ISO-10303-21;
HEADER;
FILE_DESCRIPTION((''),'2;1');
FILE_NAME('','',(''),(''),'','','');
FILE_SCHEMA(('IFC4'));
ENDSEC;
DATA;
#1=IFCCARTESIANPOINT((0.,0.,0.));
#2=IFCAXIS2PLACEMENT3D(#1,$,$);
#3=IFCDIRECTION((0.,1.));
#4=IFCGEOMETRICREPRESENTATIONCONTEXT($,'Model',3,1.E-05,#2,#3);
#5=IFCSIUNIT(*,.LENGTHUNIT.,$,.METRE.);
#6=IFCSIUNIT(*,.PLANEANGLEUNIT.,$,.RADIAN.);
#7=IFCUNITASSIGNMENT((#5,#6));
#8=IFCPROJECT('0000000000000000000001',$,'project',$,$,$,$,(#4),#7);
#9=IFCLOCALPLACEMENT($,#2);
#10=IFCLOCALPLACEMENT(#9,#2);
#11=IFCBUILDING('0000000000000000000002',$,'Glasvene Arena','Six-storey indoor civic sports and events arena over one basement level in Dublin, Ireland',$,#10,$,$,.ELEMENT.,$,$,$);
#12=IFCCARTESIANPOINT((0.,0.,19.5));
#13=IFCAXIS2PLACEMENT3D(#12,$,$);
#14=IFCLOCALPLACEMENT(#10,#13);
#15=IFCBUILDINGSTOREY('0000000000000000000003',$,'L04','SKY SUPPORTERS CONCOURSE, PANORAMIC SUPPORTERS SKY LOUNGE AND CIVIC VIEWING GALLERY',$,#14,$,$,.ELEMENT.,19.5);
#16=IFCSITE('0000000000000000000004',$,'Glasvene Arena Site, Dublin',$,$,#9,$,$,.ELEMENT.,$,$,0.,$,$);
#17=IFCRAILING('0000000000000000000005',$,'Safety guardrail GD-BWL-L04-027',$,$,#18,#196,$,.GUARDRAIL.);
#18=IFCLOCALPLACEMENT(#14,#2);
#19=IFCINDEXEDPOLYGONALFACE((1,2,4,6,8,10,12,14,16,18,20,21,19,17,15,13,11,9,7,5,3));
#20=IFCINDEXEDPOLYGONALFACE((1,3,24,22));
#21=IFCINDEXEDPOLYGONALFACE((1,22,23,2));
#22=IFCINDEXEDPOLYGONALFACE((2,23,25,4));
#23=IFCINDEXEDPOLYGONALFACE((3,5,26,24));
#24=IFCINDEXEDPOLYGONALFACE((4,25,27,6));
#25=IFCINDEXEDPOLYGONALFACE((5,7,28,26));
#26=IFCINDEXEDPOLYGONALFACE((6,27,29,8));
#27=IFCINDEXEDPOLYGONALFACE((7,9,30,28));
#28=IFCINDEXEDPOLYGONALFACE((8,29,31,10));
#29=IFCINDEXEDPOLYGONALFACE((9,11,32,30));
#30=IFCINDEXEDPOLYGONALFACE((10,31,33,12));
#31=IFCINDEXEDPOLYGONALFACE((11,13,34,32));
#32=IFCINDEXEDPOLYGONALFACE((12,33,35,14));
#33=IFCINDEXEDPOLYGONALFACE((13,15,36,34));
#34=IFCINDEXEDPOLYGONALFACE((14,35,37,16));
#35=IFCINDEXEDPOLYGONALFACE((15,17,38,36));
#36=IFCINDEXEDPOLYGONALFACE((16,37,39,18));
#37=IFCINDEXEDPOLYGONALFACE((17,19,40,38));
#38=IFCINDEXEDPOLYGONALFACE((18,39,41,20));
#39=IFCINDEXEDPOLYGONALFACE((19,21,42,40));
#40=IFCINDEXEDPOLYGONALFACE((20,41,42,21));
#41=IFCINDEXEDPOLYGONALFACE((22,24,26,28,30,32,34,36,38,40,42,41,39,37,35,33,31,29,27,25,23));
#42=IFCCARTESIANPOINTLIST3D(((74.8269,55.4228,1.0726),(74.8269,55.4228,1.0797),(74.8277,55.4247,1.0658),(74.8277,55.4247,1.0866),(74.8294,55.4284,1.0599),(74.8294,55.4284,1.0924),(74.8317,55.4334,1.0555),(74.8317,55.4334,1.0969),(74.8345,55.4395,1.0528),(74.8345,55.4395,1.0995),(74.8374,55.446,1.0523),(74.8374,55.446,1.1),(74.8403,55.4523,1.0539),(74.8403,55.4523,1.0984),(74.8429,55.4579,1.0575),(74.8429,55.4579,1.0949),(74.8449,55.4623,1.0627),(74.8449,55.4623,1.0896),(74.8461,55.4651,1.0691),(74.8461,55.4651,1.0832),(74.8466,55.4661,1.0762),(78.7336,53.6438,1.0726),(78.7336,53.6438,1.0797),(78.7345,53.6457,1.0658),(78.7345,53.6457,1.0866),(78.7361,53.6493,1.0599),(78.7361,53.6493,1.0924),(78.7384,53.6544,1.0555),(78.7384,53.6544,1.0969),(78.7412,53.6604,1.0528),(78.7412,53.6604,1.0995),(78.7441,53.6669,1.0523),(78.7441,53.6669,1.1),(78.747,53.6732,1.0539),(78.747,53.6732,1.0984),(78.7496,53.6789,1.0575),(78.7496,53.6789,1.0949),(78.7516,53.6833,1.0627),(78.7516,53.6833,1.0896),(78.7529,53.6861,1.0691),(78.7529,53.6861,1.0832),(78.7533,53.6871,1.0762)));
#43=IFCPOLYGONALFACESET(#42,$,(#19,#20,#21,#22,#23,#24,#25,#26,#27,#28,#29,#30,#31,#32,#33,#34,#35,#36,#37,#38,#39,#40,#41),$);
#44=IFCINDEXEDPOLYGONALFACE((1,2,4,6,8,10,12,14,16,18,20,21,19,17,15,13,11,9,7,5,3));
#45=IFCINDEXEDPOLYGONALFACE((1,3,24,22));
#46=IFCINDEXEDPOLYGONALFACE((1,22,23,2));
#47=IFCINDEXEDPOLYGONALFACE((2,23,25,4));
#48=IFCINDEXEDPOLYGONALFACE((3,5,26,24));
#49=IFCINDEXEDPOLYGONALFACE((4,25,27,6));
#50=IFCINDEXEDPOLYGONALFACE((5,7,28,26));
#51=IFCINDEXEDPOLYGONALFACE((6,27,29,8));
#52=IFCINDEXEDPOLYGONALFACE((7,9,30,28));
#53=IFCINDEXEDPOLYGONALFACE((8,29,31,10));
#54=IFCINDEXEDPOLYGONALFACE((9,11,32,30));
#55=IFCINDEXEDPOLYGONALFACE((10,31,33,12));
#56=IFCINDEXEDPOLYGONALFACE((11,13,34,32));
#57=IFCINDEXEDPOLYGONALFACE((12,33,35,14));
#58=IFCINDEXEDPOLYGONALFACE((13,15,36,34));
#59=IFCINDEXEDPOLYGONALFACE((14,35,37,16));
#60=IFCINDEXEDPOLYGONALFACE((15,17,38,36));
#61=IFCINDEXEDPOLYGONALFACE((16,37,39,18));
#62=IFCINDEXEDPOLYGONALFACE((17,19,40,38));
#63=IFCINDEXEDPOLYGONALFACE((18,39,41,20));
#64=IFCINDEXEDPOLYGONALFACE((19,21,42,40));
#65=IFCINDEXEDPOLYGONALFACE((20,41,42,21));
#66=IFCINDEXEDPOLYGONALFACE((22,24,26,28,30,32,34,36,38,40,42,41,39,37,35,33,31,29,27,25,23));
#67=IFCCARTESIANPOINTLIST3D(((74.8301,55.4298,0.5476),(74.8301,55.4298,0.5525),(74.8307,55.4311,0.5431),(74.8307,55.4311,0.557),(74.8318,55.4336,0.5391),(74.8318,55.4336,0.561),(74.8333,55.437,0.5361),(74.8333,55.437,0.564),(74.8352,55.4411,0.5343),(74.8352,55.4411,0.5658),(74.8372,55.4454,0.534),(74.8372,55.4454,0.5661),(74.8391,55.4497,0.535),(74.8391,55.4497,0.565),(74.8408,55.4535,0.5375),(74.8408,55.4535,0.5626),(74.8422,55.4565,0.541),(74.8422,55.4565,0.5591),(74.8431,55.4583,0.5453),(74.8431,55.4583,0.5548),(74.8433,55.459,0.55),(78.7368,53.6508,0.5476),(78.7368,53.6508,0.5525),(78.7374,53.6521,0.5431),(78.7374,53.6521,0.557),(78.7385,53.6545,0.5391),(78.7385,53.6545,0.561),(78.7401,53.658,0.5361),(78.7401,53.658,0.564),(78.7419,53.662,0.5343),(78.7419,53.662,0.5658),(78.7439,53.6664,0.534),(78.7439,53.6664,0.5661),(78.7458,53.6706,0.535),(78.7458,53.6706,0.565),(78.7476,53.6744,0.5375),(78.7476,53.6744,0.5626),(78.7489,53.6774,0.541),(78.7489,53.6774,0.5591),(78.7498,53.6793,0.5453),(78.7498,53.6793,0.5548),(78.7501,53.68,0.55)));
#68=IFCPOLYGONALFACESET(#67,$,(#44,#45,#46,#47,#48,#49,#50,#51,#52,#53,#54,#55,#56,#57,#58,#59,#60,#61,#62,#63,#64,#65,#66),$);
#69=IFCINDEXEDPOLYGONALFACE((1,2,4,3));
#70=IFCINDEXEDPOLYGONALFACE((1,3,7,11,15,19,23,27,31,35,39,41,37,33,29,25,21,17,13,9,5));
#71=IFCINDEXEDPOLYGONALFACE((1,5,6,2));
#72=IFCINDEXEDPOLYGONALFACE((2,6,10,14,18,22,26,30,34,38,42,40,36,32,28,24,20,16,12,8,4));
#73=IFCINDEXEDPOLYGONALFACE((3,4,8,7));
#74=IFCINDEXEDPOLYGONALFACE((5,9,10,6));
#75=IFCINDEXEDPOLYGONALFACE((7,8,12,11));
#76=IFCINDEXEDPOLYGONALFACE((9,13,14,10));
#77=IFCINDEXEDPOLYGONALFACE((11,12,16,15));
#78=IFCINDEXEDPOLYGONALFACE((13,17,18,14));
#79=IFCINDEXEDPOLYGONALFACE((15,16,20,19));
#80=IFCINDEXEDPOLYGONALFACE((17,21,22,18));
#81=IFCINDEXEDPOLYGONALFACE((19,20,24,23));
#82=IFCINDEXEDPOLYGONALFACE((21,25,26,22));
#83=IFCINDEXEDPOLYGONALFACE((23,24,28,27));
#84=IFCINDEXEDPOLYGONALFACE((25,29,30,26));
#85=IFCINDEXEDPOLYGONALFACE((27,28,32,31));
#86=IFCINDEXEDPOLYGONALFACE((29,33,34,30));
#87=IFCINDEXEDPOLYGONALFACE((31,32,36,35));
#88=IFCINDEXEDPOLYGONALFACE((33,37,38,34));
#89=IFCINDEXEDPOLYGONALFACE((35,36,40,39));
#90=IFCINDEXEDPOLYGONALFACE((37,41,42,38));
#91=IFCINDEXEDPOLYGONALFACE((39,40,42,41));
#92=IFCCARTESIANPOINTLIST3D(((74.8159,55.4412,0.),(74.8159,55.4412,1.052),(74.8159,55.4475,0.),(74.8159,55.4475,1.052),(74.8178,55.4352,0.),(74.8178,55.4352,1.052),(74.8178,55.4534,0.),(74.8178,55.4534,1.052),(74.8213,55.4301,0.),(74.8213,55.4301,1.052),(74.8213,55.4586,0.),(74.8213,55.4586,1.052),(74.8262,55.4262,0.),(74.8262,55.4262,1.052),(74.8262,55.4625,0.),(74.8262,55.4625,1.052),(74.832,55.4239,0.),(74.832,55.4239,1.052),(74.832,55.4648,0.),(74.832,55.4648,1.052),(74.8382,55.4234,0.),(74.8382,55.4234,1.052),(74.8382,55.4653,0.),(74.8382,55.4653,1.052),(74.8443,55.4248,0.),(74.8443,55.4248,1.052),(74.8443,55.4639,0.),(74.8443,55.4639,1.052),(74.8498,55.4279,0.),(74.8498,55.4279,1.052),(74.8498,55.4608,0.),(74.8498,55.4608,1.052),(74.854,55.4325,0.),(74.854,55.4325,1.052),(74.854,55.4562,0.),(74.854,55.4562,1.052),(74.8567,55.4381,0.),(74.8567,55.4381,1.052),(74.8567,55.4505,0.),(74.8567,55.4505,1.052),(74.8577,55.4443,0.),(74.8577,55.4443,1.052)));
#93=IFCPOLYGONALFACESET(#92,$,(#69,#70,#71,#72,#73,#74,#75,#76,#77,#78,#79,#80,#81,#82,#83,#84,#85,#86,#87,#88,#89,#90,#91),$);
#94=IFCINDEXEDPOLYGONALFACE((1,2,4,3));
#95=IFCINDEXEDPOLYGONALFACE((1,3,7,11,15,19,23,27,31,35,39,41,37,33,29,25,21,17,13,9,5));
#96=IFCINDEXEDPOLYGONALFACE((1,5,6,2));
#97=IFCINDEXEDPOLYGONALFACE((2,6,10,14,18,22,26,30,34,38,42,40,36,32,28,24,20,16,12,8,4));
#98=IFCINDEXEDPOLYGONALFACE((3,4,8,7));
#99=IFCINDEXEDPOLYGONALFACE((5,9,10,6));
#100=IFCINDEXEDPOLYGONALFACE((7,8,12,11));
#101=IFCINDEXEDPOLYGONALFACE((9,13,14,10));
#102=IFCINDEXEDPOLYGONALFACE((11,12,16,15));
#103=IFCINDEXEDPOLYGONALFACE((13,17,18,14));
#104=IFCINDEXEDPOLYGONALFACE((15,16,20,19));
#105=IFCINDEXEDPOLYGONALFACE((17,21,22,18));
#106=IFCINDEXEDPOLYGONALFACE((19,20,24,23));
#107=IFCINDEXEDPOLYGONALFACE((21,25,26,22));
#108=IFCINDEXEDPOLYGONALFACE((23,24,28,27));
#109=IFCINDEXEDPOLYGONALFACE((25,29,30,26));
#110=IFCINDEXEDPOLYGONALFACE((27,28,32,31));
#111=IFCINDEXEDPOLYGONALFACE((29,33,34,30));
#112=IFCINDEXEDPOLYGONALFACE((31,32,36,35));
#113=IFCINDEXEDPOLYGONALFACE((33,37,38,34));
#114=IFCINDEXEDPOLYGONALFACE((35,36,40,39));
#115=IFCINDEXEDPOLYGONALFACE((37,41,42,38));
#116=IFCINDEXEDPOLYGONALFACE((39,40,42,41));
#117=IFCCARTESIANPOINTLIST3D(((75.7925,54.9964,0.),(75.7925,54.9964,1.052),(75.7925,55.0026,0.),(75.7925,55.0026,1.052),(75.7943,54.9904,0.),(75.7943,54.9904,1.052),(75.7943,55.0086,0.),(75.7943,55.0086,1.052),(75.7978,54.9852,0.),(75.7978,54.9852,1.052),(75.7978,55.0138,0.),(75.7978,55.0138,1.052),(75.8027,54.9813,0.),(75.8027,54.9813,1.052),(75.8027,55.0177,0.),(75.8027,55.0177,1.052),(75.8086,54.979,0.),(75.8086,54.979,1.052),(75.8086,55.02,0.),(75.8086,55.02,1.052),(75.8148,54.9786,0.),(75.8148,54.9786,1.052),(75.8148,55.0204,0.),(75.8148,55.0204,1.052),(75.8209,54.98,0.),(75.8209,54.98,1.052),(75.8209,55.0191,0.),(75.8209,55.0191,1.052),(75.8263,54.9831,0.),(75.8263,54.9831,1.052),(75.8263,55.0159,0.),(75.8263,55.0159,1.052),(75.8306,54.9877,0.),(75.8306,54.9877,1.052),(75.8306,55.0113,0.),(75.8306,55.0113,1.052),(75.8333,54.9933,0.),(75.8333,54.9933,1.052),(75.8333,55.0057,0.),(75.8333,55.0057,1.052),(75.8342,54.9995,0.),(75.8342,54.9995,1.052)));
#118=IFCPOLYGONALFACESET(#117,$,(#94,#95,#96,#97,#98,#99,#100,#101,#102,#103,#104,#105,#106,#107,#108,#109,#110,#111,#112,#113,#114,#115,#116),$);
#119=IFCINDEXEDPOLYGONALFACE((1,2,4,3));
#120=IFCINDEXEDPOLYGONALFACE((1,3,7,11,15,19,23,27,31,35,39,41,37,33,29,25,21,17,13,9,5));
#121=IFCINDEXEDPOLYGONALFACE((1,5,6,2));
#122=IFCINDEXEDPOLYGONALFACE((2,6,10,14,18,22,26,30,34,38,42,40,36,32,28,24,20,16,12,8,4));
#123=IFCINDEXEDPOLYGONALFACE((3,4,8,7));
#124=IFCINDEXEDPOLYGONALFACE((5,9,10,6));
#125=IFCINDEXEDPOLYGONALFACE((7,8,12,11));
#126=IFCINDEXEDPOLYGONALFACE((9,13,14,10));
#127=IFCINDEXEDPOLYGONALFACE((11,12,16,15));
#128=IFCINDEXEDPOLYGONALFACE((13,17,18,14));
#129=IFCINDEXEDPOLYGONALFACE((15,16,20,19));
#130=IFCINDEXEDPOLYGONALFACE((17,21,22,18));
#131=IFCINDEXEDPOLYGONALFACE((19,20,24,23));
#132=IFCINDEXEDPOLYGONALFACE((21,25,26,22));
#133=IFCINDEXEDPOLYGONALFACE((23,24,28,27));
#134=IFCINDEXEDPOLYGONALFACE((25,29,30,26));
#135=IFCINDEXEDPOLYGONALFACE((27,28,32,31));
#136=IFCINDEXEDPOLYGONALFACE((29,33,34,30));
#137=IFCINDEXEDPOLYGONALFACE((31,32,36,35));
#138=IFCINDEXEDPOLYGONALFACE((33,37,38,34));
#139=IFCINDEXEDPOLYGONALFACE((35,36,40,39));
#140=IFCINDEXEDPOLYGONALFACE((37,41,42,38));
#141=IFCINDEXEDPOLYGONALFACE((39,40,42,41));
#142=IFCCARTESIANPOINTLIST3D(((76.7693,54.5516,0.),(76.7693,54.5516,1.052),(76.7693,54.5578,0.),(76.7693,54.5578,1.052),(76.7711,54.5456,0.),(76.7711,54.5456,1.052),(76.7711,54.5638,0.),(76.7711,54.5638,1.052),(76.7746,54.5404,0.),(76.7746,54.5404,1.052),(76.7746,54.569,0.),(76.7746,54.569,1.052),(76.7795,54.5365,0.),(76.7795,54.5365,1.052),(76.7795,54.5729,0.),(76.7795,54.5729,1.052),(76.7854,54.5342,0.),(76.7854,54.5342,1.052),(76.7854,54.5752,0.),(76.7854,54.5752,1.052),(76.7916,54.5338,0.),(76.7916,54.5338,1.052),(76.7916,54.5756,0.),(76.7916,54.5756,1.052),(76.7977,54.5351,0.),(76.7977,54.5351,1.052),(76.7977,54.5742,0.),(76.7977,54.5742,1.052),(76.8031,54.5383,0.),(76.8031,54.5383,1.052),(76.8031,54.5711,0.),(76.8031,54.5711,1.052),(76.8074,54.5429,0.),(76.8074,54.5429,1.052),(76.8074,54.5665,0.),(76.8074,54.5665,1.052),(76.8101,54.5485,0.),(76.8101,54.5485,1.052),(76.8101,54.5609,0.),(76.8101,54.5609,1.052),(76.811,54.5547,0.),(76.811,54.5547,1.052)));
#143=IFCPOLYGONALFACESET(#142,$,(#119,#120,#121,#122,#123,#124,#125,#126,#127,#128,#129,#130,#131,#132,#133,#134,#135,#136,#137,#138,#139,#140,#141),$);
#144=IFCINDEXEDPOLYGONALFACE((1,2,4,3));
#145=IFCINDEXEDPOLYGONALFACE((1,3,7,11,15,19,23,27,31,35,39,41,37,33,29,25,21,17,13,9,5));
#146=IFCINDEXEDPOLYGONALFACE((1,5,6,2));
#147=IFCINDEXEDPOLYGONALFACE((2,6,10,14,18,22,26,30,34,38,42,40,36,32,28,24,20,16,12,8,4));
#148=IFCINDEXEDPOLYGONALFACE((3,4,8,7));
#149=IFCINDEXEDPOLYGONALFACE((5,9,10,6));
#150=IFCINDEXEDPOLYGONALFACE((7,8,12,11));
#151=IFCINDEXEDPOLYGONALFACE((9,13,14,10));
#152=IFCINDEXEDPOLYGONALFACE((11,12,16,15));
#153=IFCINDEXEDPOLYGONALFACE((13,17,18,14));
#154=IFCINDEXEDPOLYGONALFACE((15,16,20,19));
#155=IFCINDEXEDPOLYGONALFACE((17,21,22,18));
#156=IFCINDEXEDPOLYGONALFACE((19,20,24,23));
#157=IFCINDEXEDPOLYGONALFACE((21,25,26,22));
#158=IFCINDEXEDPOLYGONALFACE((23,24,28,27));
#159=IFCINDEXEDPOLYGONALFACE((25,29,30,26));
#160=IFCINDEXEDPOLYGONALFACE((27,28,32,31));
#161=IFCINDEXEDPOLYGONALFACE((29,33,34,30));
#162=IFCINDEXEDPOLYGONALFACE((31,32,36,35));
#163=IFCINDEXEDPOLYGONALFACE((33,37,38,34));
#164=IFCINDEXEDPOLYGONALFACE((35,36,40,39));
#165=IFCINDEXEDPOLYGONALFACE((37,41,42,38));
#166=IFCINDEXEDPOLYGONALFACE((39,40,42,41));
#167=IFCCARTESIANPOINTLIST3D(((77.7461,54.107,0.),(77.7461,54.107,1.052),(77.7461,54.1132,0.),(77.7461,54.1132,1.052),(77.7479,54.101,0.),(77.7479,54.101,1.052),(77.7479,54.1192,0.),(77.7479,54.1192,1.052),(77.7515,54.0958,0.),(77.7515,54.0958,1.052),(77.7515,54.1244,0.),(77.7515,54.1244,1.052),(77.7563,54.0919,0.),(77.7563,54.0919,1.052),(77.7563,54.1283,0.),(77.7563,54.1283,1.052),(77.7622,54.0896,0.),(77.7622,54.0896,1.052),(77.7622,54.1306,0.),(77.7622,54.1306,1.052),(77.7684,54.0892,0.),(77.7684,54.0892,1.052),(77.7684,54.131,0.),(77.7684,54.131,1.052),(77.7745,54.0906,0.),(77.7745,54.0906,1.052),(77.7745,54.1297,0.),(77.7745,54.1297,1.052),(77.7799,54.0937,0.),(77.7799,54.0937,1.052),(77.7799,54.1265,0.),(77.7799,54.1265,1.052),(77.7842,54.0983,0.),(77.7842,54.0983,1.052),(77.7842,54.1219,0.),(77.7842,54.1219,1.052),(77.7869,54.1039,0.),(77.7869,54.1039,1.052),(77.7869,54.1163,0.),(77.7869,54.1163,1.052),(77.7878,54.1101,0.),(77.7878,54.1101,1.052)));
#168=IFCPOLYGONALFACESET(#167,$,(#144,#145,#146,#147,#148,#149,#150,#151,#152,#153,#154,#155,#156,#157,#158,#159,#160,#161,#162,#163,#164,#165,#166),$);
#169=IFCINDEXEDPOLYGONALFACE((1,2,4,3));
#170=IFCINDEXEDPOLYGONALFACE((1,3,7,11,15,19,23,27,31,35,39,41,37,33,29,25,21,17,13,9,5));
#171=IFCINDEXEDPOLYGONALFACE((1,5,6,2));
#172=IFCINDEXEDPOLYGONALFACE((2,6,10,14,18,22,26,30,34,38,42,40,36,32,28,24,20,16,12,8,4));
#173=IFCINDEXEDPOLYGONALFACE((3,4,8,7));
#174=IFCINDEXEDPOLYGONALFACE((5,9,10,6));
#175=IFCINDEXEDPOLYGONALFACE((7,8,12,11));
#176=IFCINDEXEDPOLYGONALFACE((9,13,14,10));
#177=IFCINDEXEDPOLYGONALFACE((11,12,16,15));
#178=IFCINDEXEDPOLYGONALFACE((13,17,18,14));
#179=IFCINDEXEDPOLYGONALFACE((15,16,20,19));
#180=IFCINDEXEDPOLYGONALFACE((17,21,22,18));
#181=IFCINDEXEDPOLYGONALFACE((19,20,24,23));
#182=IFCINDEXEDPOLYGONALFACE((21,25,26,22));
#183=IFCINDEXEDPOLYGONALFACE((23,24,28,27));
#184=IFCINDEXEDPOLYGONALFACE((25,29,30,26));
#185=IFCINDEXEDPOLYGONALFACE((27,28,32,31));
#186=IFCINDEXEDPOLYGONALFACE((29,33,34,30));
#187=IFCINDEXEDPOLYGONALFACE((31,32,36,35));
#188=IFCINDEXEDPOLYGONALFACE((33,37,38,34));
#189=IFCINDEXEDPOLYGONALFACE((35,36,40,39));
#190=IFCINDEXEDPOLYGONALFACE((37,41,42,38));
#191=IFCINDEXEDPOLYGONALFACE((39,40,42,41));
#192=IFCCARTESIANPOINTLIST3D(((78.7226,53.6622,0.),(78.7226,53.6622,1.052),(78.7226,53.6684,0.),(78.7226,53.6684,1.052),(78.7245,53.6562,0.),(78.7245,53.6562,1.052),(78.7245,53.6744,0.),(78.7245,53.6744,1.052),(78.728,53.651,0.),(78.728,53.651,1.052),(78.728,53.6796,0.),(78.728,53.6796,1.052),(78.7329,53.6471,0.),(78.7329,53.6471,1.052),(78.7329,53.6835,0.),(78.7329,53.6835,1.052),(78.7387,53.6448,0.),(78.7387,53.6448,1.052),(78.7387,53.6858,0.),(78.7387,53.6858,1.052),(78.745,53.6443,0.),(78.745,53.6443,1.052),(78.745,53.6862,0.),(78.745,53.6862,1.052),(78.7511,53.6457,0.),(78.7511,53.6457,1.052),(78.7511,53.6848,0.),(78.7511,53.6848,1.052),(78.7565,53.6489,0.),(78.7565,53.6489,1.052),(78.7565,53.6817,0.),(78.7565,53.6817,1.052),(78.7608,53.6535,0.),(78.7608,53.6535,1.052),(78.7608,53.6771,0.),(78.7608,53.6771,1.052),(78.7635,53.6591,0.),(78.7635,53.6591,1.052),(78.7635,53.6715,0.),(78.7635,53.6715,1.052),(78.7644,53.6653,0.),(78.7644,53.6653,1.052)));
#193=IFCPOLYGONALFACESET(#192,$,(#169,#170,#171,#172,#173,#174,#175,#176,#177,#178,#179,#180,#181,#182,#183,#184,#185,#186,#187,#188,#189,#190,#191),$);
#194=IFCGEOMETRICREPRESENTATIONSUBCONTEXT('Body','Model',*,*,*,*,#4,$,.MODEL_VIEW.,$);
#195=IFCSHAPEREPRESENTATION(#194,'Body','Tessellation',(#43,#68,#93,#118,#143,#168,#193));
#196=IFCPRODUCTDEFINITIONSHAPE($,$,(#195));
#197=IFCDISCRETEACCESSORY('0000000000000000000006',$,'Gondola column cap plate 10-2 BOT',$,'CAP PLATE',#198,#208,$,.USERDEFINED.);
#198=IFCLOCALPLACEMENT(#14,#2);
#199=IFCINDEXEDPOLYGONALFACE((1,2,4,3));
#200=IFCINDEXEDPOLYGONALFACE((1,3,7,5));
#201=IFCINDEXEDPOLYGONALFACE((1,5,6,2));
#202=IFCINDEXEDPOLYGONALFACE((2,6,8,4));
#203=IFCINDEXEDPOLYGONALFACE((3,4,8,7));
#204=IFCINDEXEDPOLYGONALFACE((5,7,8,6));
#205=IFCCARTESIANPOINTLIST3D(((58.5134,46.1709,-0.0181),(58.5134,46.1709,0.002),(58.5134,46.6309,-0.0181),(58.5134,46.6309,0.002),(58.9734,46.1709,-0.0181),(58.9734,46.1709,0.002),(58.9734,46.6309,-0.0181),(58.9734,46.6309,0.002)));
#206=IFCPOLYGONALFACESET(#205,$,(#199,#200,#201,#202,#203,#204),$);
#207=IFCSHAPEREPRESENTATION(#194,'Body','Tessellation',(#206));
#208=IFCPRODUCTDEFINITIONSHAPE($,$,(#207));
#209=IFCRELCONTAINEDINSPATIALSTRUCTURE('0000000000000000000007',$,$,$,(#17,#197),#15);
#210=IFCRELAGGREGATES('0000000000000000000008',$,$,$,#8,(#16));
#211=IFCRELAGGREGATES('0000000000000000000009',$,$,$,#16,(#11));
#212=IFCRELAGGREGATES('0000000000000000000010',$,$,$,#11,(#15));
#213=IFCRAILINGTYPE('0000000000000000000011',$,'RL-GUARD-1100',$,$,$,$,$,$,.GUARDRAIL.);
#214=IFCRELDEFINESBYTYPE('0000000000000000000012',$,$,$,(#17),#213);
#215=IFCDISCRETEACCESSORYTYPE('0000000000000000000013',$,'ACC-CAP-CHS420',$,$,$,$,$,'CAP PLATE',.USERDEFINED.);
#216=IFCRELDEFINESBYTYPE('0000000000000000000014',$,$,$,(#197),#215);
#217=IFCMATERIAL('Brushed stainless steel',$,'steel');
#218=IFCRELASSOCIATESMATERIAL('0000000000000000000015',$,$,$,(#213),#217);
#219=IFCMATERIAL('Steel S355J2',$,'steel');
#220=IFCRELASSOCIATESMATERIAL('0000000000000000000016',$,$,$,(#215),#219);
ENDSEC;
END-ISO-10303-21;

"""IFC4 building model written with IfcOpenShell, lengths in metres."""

from ifc_helpers import new_model, si_unit, direction, frame, origin, origin_2d, place, context, subcontext, project, spatial, rectangle, circle, extrude, material, type_object, element, save


model = new_model("IFC4")

# Units and contexts
model_context = context("Model", 3, precision=1e-05, world=origin(), true_north=direction((0.0, 1.0)))
body_context = subcontext(model_context, "Body", "Model", "MODEL_VIEW")
ifc_project = project(units=[si_unit("LENGTHUNIT", "METRE"), si_unit("PLANEANGLEUNIT", "RADIAN")], contexts=[model_context])

# Site, building, storey
site_placement = place(None, origin())
site = spatial("IfcSite", under=ifc_project, at=site_placement, Name="Glasvene Arena Site, Dublin", CompositionType="ELEMENT", RefElevation=0.0)
building_placement = place(site_placement, origin())
building = spatial("IfcBuilding", under=site, at=building_placement, Name="Glasvene Arena", Description="Six-storey indoor civic sports and events arena over one basement level in Dublin, Ireland", CompositionType="ELEMENT")
storey_placement = place(building_placement, frame((0.0, 0.0, 19.5)))
storey = spatial("IfcBuildingStorey", under=building, at=storey_placement, Name="L04", Description="SKY SUPPORTERS CONCOURSE, PANORAMIC SUPPORTERS SKY LOUNGE AND CIVIC VIEWING GALLERY", CompositionType="ELEMENT", Elevation=19.5)

# Shared definitions
ifc_material_1 = material(Name="Steel S355J2", Category="steel")

# Railing
ifc_material_2 = material(Name="Brushed stainless steel", Category="steel")
railing_type = type_object("IfcRailingType", Name="RL-GUARD-1100", PredefinedType="GUARDRAIL", material=ifc_material_2)
railing_1_placement = place(storey_placement, frame((74.8367, 55.4443, 0.0)))
element("IfcRailing", 1, at=railing_1_placement, inside=storey, type_object=railing_type, Name="Safety guardrail GD-BWL-L04-027", PredefinedType="GUARDRAIL", context=body_context, shape_type="SweptSolid", body=[
    extrude(circle(Radius=0.0239, at=origin_2d()), frame((0.0, 0.0, 1.0762), z_axis=(0.91008, -0.414433, 0.0), x_axis=(0.414433, 0.91008, 0.0)), (0.0, 0.0, 1.0), 4.2927),
    extrude(circle(Radius=0.0161, at=origin_2d()), frame((0.0, 0.0, 0.55), z_axis=(0.91008, -0.414433, 0.0), x_axis=(0.414433, 0.91008, 0.0)), (0.0, 0.0, 1.0), 4.2927),
    extrude(circle(Radius=0.021, at=origin_2d()), origin(), (0.0, 0.0, 1.0), 1.052),
    extrude(circle(Radius=0.021, at=origin_2d()), frame((0.9766, -0.4448, 0.0)), (0.0, 0.0, 1.0), 1.052),
    extrude(circle(Radius=0.021, at=origin_2d()), frame((1.9534, -0.8896, 0.0)), (0.0, 0.0, 1.0), 1.052),
    extrude(circle(Radius=0.021, at=origin_2d()), frame((2.9302, -1.3342, 0.0)), (0.0, 0.0, 1.0), 1.052),
    extrude(circle(Radius=0.021, at=origin_2d()), frame((3.9067, -1.7791, 0.0)), (0.0, 0.0, 1.0), 1.052),
])

# Discrete accessory
discrete_accessory_type = type_object("IfcDiscreteAccessoryType", Name="ACC-CAP-CHS420", ElementType="CAP PLATE", PredefinedType="USERDEFINED", material=ifc_material_1)
for number, where, z_axis, x_axis, name in (
    (2, (58.7434, 46.4009, -0.0181), (0.0, 0.0, 1.0), (1.0, 0.0, 0.0), "Gondola column cap plate 10-2 BOT"),
):
    element("IfcDiscreteAccessory", number, at=place(storey_placement, frame(where, z_axis=z_axis, x_axis=x_axis)), inside=storey, type_object=discrete_accessory_type, Name=name, ObjectType="CAP PLATE", PredefinedType="USERDEFINED", context=body_context, shape_type="SweptSolid", body=[
        extrude(rectangle(XDim=0.46, YDim=0.46, at=origin_2d()), origin(), (0.0, 0.0, 1.0), 0.02),
    ])

save(model, "model.ifc")
